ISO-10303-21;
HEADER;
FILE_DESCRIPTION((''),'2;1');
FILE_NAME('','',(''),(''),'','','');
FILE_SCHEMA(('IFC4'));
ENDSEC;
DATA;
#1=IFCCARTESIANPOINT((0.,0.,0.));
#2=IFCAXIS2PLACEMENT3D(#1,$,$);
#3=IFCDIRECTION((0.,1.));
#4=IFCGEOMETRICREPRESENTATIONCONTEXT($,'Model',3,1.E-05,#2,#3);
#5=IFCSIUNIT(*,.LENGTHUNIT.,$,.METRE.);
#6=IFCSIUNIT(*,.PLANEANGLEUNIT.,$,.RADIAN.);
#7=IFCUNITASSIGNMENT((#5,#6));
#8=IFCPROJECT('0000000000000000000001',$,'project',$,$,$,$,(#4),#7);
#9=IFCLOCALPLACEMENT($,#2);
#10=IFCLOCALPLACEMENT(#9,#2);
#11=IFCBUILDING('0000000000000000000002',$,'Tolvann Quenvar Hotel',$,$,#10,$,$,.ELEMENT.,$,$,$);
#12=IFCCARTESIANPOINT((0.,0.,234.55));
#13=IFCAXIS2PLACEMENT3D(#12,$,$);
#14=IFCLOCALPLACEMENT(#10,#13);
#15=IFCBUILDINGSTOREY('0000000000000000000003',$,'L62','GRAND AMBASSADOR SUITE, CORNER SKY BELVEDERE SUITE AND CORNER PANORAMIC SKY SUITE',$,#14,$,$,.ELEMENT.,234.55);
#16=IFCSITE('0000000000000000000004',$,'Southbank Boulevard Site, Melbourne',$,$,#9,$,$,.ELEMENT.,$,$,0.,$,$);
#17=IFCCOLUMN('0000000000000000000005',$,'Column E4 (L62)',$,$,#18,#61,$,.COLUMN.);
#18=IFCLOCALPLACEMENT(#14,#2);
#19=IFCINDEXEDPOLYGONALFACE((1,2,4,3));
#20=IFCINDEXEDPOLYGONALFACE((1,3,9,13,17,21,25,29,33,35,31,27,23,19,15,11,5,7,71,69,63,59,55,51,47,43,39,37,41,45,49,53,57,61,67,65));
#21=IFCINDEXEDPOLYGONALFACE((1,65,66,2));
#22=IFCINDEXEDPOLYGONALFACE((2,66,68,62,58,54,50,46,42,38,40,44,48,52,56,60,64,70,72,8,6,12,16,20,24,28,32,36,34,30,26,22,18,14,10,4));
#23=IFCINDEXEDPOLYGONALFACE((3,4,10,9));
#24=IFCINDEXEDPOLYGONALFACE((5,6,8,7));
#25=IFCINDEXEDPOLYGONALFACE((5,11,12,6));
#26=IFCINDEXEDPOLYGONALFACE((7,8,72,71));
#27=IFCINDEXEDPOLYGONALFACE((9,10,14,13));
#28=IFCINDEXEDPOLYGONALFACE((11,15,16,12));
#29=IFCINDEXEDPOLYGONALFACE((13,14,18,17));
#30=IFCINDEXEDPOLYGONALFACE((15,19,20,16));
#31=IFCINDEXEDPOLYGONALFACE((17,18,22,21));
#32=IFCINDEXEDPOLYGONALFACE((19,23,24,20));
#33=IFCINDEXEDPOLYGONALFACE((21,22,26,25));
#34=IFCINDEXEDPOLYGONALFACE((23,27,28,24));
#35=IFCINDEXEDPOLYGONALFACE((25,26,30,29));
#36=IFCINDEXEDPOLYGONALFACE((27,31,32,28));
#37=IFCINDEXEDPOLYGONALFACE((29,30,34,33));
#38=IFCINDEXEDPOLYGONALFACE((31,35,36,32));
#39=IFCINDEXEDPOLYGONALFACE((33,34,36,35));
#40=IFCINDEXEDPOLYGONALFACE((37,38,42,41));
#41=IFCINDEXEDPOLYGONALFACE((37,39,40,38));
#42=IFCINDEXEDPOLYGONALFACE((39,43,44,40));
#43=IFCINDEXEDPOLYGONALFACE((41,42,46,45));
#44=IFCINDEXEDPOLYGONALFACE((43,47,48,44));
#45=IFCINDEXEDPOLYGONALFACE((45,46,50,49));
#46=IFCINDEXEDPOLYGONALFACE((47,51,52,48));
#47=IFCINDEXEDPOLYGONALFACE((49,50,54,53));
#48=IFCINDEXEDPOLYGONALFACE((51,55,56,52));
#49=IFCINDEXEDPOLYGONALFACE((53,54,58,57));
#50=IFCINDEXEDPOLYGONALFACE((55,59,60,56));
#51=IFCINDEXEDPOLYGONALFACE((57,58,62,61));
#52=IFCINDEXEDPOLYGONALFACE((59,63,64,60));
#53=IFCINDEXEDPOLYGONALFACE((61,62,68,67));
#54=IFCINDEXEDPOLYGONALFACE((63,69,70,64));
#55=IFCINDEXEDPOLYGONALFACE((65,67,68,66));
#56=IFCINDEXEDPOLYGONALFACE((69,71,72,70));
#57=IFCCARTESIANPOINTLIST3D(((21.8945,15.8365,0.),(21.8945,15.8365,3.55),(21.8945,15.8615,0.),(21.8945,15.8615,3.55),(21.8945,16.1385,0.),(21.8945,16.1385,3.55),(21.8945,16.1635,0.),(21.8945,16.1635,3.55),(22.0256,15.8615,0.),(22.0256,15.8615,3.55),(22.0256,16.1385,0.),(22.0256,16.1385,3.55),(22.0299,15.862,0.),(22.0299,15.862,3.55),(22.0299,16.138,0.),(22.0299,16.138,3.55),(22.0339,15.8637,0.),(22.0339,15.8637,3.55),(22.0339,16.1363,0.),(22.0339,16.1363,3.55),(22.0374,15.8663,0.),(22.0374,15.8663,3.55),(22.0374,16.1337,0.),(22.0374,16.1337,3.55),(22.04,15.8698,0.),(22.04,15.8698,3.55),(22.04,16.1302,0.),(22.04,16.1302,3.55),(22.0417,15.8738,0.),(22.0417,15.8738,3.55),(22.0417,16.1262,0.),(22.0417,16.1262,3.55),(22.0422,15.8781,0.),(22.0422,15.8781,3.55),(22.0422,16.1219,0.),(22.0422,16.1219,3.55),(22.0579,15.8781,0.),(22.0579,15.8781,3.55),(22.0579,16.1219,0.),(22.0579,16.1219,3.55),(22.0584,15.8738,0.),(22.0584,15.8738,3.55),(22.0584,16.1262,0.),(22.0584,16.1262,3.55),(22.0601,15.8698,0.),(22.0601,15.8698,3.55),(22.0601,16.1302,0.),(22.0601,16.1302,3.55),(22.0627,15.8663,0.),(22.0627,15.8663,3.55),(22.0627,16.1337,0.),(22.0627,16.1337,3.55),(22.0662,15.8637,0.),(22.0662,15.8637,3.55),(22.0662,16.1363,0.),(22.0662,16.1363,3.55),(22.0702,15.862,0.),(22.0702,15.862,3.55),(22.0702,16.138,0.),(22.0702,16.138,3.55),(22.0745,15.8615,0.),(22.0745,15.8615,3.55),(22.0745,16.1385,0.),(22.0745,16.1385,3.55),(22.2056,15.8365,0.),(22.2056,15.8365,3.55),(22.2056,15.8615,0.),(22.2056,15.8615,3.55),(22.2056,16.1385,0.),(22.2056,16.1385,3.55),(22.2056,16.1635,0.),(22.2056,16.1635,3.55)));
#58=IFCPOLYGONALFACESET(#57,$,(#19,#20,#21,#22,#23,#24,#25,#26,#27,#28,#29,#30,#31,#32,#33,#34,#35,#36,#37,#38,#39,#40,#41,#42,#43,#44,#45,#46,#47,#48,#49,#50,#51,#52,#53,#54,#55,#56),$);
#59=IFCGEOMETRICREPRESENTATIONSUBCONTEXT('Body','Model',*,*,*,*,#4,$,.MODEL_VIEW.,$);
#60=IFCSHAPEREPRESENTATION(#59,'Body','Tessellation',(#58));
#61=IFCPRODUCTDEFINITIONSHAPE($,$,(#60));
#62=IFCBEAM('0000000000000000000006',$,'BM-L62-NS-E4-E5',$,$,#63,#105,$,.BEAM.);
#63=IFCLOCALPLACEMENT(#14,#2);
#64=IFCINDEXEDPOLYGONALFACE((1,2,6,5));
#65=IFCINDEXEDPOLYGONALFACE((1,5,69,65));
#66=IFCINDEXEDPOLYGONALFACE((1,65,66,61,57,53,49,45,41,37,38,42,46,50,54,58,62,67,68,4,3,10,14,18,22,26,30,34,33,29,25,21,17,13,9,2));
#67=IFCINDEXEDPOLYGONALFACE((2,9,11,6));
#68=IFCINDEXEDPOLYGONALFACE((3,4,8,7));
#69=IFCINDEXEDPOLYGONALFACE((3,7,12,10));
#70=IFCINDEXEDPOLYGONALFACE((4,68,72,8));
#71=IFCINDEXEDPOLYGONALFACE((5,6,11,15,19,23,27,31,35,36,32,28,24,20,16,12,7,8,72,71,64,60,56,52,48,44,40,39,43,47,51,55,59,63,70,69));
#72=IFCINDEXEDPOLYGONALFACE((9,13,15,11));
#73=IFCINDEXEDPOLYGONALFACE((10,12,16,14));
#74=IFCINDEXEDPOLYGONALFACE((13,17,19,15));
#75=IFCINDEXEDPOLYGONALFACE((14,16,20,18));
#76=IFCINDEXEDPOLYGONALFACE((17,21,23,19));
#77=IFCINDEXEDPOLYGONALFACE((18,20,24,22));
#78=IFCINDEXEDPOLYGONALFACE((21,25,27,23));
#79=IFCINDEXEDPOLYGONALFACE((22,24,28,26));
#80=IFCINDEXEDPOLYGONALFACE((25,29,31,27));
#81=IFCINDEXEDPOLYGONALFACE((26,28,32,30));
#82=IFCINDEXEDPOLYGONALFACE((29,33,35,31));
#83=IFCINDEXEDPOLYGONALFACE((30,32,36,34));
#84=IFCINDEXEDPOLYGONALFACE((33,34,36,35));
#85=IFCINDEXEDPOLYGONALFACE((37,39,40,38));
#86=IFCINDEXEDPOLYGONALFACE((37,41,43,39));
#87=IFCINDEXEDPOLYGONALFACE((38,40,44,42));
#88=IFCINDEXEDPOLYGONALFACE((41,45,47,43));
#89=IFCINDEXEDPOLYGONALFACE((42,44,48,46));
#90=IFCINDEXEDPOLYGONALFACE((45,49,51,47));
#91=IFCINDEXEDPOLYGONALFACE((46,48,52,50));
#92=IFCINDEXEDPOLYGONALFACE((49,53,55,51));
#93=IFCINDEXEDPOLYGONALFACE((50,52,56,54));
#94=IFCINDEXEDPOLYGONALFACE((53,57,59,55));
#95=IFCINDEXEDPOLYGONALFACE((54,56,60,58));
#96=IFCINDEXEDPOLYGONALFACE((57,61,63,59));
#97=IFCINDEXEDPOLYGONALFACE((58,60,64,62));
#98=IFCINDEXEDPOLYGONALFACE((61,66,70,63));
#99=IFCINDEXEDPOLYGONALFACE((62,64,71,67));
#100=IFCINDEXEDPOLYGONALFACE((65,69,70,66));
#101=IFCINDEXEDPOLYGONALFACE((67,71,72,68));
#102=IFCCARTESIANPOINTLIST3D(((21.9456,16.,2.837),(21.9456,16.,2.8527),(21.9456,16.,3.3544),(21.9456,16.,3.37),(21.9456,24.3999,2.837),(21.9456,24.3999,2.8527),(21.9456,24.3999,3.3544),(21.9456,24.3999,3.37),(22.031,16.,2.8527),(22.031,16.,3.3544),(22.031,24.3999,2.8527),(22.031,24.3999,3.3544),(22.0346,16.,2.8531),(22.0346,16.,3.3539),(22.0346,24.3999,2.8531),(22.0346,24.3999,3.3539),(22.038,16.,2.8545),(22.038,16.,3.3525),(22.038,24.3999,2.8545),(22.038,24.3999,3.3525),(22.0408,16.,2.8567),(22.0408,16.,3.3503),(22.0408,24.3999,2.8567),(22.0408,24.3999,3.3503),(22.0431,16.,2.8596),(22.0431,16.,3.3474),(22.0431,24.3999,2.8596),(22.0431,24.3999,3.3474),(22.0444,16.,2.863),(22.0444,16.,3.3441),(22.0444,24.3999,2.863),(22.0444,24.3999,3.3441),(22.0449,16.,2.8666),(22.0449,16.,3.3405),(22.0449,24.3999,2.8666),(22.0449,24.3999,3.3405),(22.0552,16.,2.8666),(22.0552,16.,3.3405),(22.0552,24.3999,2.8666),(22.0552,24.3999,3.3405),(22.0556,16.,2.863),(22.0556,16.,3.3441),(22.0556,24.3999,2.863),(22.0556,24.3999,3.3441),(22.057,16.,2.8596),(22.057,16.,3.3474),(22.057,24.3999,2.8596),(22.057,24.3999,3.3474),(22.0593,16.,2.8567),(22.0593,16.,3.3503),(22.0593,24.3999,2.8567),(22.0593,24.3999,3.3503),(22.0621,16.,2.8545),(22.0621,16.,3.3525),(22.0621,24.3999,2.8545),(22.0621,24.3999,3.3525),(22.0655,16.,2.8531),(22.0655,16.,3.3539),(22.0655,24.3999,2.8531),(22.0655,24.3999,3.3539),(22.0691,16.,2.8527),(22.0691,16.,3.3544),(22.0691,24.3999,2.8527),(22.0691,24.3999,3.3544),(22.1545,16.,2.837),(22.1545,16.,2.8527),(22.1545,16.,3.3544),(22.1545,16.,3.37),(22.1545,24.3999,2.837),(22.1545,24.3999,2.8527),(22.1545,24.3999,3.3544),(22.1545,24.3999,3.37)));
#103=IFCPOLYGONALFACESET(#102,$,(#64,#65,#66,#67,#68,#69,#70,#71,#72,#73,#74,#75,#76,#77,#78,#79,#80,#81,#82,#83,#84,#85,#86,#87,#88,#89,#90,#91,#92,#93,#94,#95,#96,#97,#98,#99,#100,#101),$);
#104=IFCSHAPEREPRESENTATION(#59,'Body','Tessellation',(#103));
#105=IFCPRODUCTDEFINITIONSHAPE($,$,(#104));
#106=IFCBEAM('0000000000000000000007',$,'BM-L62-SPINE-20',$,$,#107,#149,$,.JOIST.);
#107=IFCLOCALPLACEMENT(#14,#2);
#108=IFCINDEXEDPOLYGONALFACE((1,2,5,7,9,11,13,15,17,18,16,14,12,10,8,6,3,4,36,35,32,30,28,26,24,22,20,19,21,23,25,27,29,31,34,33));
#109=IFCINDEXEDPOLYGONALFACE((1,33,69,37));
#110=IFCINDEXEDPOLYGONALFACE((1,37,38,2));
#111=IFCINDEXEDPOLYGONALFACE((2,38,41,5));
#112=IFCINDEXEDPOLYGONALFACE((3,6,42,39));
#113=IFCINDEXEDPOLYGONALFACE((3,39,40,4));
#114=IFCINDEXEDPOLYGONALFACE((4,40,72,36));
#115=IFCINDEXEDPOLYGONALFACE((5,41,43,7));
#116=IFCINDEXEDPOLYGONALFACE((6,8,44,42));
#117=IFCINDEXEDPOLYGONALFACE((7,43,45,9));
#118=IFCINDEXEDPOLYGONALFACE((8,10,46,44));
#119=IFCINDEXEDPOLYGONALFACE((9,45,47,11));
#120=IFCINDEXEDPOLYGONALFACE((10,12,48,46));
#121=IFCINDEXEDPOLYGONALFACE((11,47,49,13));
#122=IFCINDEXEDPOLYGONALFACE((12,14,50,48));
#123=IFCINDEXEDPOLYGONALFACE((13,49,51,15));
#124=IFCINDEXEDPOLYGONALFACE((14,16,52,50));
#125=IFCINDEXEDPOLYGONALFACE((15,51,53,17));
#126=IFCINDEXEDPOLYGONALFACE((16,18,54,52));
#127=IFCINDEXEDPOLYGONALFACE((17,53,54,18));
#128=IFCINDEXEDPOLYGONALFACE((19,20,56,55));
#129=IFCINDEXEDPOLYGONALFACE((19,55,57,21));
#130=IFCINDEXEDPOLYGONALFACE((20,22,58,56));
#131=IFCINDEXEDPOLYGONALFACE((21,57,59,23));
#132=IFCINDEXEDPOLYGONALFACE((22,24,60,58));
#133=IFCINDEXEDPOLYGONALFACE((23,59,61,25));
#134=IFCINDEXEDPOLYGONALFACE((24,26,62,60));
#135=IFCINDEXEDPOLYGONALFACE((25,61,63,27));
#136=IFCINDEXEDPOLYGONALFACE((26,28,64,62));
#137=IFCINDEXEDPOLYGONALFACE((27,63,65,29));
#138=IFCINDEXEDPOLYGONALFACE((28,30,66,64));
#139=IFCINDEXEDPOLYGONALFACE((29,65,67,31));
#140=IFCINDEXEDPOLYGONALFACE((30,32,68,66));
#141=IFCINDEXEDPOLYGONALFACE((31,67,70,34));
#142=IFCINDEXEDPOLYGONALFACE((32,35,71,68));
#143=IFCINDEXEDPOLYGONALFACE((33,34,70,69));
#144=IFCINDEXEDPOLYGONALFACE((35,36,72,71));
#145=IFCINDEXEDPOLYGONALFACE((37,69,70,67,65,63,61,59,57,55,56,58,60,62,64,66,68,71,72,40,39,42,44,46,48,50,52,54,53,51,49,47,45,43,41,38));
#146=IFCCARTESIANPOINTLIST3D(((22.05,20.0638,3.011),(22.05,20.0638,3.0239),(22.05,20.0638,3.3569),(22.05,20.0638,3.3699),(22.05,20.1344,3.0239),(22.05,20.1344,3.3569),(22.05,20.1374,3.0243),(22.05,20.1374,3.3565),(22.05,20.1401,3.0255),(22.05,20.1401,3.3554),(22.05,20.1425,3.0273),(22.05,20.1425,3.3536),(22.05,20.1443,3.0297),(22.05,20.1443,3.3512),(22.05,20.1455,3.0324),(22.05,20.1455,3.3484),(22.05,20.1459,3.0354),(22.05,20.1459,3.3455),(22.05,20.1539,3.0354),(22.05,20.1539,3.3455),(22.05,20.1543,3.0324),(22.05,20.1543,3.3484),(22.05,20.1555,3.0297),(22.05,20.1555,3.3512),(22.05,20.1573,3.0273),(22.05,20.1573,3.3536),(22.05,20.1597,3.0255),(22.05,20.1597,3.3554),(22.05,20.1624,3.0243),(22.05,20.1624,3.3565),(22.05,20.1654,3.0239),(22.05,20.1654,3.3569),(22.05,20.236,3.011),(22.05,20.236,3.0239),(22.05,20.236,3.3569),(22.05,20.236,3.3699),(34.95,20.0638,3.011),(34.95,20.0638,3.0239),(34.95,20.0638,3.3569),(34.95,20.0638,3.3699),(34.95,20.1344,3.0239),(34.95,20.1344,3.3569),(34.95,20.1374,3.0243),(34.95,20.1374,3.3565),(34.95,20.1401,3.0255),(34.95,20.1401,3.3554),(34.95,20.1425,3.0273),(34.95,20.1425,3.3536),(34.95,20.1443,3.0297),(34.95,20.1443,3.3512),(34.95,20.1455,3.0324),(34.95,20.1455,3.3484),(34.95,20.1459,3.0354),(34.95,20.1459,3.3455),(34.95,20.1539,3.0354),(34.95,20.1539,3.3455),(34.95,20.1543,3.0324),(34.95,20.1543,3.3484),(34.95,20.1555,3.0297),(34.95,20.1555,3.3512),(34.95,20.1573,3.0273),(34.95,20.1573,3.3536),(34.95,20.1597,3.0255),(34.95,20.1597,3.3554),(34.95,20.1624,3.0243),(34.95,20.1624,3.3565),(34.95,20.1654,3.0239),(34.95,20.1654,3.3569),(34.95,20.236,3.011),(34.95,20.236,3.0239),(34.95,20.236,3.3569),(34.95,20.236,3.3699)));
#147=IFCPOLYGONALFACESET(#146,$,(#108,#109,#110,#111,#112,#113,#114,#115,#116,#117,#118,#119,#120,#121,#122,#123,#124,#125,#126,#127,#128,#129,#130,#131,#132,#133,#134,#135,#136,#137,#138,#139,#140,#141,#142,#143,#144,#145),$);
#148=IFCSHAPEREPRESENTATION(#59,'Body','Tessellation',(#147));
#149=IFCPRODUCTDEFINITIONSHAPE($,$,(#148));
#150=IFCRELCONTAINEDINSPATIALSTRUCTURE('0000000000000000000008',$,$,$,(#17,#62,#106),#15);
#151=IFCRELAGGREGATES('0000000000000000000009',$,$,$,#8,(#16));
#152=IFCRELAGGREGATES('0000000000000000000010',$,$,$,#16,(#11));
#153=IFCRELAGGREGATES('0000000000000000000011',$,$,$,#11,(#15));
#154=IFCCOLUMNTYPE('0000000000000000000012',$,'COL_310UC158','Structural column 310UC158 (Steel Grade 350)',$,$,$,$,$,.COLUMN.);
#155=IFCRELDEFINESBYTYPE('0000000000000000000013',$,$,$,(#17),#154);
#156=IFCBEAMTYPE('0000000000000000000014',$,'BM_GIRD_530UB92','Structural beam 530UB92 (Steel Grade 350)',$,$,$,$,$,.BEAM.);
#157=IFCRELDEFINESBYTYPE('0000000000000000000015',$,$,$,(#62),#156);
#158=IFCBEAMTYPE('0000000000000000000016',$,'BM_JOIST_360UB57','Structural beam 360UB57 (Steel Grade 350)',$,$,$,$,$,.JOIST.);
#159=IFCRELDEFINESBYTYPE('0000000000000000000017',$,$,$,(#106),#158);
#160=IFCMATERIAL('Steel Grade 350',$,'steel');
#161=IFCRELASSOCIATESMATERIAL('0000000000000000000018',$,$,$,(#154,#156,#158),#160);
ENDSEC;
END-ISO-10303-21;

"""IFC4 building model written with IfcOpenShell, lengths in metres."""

from ifc_helpers import new_model, si_unit, direction, frame, origin, origin_2d, place, context, subcontext, project, spatial, i_section, extrude, source, transform, mapped, material, material_profile, profile_set, type_object, type_shapes, element, save


model = new_model("IFC4")

# Units and contexts
model_context = context("Model", 3, precision=1e-05, world=origin(), true_north=direction((0.0, 1.0)))
body_context = subcontext(model_context, "Body", "Model", "MODEL_VIEW")
ifc_project = project(units=[si_unit("LENGTHUNIT", "METRE"), si_unit("PLANEANGLEUNIT", "RADIAN")], contexts=[model_context])

# Site, building, storey
site_placement = place(None, origin())
site = spatial("IfcSite", under=ifc_project, at=site_placement, Name="Southbank Boulevard Site, Melbourne", CompositionType="ELEMENT", RefElevation=0.0)
building_placement = place(site_placement, origin())
building = spatial("IfcBuilding", under=site, at=building_placement, Name="Tolvann Quenvar Hotel", CompositionType="ELEMENT")
storey_placement = place(building_placement, frame((0.0, 0.0, 234.55)))
storey = spatial("IfcBuildingStorey", under=building, at=storey_placement, Name="L62", Description="GRAND AMBASSADOR SUITE, CORNER SKY BELVEDERE SUITE AND CORNER PANORAMIC SKY SUITE", CompositionType="ELEMENT", Elevation=234.55)

# Column
ifc_material_1 = material(Name="Steel Grade 350", Category="steel")
ifc_material_profile_1 = material_profile(ifc_material_1, i_section(OverallWidth=0.311, OverallDepth=0.3269, WebThickness=0.0156, FlangeThickness=0.0249, FilletRadius=0.0166, at=origin_2d()), Name="310UC158")
ifc_profile_set_1 = profile_set([ifc_material_profile_1], Name="Steel Grade 350")
column_type = type_object("IfcColumnType", Name="COL_310UC158", Description="Structural column 310UC158 (Steel Grade 350)", PredefinedType="COLUMN", material=ifc_profile_set_1)
shared_shape_1 = source(origin(), body_context, "Body", "SweptSolid", [
    extrude(i_section(OverallWidth=0.311, OverallDepth=0.3269, WebThickness=0.0156, FlangeThickness=0.0249, FilletRadius=0.0166, at=origin_2d()), origin(), (0.0, 0.0, 1.0), 3.55),
])
type_shapes(column_type, [shared_shape_1])
column_placement = place(storey_placement, frame((22.05, 16.0, 0.0), z_axis=(0.0, 0.0, 1.0), x_axis=(1.0, 0.0, 0.0)))
element("IfcColumn", 1, at=column_placement, inside=storey, type_object=column_type, Name="Column E4 (L62)", PredefinedType="COLUMN", context=body_context, shape_type="MappedRepresentation", body=[
    mapped(shared_shape_1, transform((0.0, 0.0, 0.0), x_axis=(1.0, 0.0, 0.0), y_axis=(0.0, 1.0, 0.0), z_axis=(0.0, 0.0, 1.0), scale=1.0)),
])

# Beams
ifc_material_profile_2 = material_profile(ifc_material_1, i_section(OverallWidth=0.209, OverallDepth=0.533, WebThickness=0.0103, FlangeThickness=0.0156, FilletRadius=0.0139, at=origin_2d()), Name="530UB92")
ifc_profile_set_2 = profile_set([ifc_material_profile_2], Name="Steel Grade 350")
beam_type_1 = type_object("IfcBeamType", Name="BM_GIRD_530UB92", Description="Structural beam 530UB92 (Steel Grade 350)", PredefinedType="BEAM", material=ifc_profile_set_2)
shared_shape_2 = source(origin(), body_context, "Body", "SweptSolid", [
    extrude(i_section(OverallWidth=0.209, OverallDepth=0.533, WebThickness=0.0103, FlangeThickness=0.0156, FilletRadius=0.0139, at=origin_2d()), origin(), (0.0, 0.0, 1.0), 8.3999),
])
type_shapes(beam_type_1, [shared_shape_2])
beam_1_placement = place(storey_placement, frame((22.05, 16.0, 3.1035), z_axis=(0.0, 1.0, 0.0), x_axis=(-1.0, 0.0, 0.0)))
element("IfcBeam", 2, at=beam_1_placement, inside=storey, type_object=beam_type_1, Name="BM-L62-NS-E4-E5", PredefinedType="BEAM", context=body_context, shape_type="MappedRepresentation", body=[
    mapped(shared_shape_2, transform((0.0, 0.0, 0.0), x_axis=(1.0, 0.0, 0.0), y_axis=(0.0, 1.0, 0.0), z_axis=(0.0, 0.0, 1.0), scale=1.0)),
])
ifc_material_profile_3 = material_profile(ifc_material_1, i_section(OverallWidth=0.1721, OverallDepth=0.3589, WebThickness=0.0081, FlangeThickness=0.0129, FilletRadius=0.0115, at=origin_2d()), Name="360UB57")
ifc_profile_set_3 = profile_set([ifc_material_profile_3], Name="Steel Grade 350")
beam_type_2 = type_object("IfcBeamType", Name="BM_JOIST_360UB57", Description="Structural beam 360UB57 (Steel Grade 350)", PredefinedType="JOIST", material=ifc_profile_set_3)
shared_shape_3 = source(origin(), body_context, "Body", "SweptSolid", [
    extrude(i_section(OverallWidth=0.1721, OverallDepth=0.3589, WebThickness=0.0081, FlangeThickness=0.0129, FilletRadius=0.0115, at=origin_2d()), origin(), (0.0, 0.0, 1.0), 12.8999),
])
type_shapes(beam_type_2, [shared_shape_3])
beam_2_placement = place(storey_placement, frame((22.05, 20.1499, 3.1904), z_axis=(1.0, 0.0, 0.0), x_axis=(0.0, 1.0, 0.0)))
element("IfcBeam", 3, at=beam_2_placement, inside=storey, type_object=beam_type_2, Name="BM-L62-SPINE-20", PredefinedType="JOIST", context=body_context, shape_type="MappedRepresentation", body=[
    mapped(shared_shape_3, transform((0.0, 0.0, 0.0), x_axis=(1.0, 0.0, 0.0), y_axis=(0.0, 1.0, 0.0), z_axis=(0.0, 0.0, 1.0), scale=1.0)),
])

save(model, "model.ifc")
